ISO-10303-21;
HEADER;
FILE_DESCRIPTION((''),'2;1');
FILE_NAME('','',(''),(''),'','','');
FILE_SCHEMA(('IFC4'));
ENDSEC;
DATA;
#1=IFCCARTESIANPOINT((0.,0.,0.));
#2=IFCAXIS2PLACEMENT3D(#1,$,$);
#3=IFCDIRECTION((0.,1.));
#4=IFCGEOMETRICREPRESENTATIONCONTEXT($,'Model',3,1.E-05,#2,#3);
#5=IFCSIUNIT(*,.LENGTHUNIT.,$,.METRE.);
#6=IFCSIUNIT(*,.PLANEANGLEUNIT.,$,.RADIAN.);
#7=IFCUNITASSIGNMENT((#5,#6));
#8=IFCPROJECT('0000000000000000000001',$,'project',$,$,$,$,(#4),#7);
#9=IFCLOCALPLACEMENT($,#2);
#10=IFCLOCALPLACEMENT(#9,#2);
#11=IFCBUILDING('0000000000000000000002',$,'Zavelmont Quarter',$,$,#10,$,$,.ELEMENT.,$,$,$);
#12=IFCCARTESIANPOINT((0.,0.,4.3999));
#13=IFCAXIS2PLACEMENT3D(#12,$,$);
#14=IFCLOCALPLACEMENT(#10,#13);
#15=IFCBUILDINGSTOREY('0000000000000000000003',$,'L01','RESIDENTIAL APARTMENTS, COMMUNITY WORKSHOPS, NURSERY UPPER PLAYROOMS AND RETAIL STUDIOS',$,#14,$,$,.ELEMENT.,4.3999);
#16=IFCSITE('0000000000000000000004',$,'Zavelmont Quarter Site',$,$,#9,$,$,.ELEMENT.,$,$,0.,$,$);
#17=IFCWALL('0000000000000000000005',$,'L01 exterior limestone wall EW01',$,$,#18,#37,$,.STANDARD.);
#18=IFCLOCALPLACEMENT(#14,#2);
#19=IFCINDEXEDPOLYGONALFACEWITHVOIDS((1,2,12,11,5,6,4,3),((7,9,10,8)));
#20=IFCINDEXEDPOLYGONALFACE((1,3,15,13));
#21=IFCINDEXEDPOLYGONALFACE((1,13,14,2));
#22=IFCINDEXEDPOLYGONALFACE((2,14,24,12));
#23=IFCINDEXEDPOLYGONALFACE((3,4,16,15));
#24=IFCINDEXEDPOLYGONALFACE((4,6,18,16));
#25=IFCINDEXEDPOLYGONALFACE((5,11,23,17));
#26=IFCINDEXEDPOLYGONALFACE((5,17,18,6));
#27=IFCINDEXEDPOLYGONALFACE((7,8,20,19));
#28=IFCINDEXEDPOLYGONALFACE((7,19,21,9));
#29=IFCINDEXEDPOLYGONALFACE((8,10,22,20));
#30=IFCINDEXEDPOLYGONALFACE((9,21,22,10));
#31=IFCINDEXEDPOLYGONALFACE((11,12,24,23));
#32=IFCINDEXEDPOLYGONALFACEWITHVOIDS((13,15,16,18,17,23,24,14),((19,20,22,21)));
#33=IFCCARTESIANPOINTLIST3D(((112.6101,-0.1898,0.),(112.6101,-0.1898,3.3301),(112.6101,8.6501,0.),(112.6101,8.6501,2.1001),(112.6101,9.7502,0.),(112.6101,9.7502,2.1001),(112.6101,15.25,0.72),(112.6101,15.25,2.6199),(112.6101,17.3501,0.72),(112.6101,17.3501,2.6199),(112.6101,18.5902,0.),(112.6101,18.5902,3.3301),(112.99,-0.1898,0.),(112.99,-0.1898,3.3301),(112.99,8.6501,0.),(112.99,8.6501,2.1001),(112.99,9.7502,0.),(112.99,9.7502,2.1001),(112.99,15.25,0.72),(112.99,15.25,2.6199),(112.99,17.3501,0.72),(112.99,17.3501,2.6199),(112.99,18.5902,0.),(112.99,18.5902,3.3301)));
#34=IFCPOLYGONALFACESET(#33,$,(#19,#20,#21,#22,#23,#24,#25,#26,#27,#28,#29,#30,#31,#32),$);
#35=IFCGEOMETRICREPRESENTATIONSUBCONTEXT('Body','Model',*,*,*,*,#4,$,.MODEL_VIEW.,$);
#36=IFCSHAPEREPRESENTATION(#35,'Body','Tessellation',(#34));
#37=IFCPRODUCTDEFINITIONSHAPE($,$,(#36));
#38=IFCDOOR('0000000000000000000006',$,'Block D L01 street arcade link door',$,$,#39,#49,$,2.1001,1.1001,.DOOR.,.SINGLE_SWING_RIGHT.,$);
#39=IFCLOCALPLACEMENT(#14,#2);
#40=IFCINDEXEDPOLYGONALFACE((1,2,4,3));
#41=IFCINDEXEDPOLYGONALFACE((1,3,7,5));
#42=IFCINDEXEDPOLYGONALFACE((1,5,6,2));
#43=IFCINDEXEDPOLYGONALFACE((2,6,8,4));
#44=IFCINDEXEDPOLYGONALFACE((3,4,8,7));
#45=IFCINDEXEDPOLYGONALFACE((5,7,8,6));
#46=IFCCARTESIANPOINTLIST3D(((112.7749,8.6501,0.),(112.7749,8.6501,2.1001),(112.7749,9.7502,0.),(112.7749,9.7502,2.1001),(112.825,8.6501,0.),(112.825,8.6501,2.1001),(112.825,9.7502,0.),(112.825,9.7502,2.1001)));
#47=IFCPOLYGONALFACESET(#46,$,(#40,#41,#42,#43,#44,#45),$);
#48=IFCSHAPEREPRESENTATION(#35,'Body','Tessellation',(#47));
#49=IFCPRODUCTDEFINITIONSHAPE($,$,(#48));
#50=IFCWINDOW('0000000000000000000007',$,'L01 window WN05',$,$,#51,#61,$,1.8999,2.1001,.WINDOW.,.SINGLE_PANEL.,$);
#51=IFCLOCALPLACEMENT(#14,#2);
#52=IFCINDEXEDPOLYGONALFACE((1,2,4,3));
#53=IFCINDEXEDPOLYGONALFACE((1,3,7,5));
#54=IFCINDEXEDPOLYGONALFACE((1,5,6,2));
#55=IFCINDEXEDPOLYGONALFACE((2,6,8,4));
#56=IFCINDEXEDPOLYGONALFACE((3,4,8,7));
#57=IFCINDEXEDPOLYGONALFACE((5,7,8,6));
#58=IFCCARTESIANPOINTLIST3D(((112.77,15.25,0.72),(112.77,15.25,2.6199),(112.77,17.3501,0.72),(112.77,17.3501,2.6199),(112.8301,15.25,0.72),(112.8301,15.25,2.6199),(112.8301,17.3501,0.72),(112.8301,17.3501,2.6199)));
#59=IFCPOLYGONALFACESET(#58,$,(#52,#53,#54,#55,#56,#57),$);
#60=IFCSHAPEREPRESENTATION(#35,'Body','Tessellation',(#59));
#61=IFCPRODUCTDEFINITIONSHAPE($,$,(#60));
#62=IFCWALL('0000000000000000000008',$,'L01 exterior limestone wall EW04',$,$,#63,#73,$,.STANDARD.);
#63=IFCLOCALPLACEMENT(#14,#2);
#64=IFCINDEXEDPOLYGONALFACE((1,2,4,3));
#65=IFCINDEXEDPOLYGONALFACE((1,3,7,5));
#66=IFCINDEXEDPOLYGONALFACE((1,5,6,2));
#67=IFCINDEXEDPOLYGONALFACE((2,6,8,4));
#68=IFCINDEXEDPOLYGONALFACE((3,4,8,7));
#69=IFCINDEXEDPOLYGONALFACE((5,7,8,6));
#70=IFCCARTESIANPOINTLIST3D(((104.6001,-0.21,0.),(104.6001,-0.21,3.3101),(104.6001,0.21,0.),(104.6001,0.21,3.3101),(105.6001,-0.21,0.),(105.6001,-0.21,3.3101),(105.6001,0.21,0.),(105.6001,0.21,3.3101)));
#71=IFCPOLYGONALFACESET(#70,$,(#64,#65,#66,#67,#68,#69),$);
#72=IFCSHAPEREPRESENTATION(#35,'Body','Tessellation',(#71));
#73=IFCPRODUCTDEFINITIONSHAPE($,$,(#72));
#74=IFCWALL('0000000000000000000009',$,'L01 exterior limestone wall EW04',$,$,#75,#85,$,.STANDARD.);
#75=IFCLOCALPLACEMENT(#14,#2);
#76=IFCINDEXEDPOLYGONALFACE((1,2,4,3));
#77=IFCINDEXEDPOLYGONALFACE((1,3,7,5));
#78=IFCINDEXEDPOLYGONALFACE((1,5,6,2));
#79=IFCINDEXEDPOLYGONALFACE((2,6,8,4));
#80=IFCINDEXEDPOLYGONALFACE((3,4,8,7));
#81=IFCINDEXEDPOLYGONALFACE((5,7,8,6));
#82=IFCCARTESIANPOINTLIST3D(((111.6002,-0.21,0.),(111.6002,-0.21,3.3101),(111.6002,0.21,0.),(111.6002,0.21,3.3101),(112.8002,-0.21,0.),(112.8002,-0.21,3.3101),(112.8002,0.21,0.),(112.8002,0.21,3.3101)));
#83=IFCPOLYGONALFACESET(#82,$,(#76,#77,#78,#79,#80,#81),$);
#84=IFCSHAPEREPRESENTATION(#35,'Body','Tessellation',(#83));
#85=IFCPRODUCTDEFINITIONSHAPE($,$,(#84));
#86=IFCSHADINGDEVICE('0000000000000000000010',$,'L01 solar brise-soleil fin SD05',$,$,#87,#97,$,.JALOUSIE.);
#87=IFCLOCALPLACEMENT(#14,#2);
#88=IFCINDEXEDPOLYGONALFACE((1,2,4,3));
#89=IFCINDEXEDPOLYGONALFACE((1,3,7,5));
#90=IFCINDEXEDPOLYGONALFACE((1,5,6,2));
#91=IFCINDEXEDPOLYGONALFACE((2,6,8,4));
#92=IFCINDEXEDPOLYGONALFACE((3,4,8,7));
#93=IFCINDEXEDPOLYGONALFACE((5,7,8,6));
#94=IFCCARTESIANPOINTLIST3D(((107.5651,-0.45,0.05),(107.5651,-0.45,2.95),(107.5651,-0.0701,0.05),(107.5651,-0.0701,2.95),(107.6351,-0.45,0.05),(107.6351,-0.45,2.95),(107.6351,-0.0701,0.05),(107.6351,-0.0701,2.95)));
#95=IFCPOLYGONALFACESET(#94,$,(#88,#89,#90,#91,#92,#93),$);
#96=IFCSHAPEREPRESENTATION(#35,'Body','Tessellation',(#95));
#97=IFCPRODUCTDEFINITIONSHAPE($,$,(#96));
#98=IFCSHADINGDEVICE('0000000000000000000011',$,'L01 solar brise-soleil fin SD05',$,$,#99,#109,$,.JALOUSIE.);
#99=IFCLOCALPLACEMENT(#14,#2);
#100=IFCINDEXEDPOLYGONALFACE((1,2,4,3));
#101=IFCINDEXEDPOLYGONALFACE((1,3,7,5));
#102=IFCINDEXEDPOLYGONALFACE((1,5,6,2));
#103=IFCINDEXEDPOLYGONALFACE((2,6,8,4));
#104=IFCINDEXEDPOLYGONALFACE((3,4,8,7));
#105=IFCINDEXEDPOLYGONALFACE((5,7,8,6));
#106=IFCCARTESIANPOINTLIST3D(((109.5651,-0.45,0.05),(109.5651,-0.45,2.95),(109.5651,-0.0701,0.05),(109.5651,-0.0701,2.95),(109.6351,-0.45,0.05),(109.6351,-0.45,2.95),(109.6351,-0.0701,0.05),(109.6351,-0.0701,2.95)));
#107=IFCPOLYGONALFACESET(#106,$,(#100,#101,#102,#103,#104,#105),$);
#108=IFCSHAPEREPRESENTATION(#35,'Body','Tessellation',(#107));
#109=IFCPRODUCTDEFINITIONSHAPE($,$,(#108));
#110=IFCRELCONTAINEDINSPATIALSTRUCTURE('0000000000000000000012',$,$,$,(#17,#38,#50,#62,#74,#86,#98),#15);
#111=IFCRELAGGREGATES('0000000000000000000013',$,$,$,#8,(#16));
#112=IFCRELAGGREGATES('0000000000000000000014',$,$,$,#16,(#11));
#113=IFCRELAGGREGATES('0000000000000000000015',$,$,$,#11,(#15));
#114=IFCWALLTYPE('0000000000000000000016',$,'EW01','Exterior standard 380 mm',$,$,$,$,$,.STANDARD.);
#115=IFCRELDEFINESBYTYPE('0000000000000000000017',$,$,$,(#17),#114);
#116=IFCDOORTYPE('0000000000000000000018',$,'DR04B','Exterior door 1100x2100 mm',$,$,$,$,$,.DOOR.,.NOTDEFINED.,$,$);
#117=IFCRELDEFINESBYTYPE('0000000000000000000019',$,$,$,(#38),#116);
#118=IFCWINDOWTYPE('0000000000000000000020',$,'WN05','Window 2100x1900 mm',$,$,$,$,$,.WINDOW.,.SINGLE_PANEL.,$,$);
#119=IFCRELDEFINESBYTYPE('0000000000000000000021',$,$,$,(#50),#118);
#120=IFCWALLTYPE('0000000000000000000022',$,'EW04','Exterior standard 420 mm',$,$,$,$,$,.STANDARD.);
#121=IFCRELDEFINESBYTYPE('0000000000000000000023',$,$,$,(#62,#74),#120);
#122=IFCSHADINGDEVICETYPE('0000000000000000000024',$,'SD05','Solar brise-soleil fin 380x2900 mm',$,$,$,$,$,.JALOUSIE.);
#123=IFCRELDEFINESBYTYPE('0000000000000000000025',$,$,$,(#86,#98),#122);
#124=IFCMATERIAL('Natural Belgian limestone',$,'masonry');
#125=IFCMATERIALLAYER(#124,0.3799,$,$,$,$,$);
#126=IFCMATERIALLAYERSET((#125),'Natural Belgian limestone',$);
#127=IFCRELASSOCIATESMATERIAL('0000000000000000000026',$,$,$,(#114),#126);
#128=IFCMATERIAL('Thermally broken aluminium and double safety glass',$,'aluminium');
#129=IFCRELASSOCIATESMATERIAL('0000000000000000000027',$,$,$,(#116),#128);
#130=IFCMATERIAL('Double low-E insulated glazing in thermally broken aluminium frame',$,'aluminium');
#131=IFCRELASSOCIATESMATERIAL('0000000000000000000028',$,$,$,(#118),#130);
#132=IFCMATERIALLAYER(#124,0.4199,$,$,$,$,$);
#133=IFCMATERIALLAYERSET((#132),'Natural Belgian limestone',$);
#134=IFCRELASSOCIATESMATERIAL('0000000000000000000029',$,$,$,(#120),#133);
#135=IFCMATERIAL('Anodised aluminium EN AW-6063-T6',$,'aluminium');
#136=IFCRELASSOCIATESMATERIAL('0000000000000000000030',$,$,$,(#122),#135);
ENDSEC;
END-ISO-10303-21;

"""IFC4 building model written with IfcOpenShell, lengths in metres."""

from ifc_helpers import new_model, si_unit, direction, frame, frame_2d, origin, origin_with_axes, origin_2d, place, context, subcontext, project, spatial, rectangle, extrude, material, layer, layer_set, type_object, element, fill, save


model = new_model("IFC4")

# Units and contexts
model_context = context("Model", 3, precision=1e-05, world=origin(), true_north=direction((0.0, 1.0)))
body_context = subcontext(model_context, "Body", "Model", "MODEL_VIEW")
ifc_project = project(units=[si_unit("LENGTHUNIT", "METRE"), si_unit("PLANEANGLEUNIT", "RADIAN")], contexts=[model_context])

# Site, building, storey
site_placement = place(None, origin())
site = spatial("IfcSite", under=ifc_project, at=site_placement, Name="Zavelmont Quarter Site", CompositionType="ELEMENT", RefElevation=0.0)
building_placement = place(site_placement, origin())
building = spatial("IfcBuilding", under=site, at=building_placement, Name="Zavelmont Quarter", CompositionType="ELEMENT")
storey_placement = place(building_placement, frame((0.0, 0.0, 4.3999)))
storey = spatial("IfcBuildingStorey", under=building, at=storey_placement, Name="L01", Description="RESIDENTIAL APARTMENTS, COMMUNITY WORKSHOPS, NURSERY UPPER PLAYROOMS AND RETAIL STUDIOS", CompositionType="ELEMENT", Elevation=4.3999)

# Wall, openings, door, window
ifc_material_1 = material(Name="Natural Belgian limestone", Category="masonry")
ifc_layer_1 = layer(ifc_material_1, 0.3799)
ifc_layer_set_1 = layer_set([ifc_layer_1], Name="Natural Belgian limestone")
wall_type_1 = type_object("IfcWallType", Name="EW01", Description="Exterior standard 380 mm", PredefinedType="STANDARD", material=ifc_layer_set_1)
wall_1_placement = place(storey_placement, frame((112.8, -0.1899, 0.0), z_axis=(0.0, 0.0, 1.0), x_axis=(0.0, 1.0, 0.0)))
wall_1 = element("IfcWall", 1, at=wall_1_placement, inside=storey, type_object=wall_type_1, Name="L01 exterior limestone wall EW01", PredefinedType="STANDARD", context=body_context, shape_type="SweptSolid", body=[
    extrude(rectangle(XDim=18.78, YDim=0.3799, at=frame_2d((9.3901, 0.0))), origin(), (0.0, 0.0, 1.0), 3.3301),
])
opening_1_placement = place(wall_1_placement, frame((8.8401, 0.0, 0.0)))
opening_1 = element("IfcOpeningElement", 2, at=opening_1_placement, cuts=wall_1, PredefinedType="OPENING", context=body_context, shape_type="SweptSolid", body=[
    extrude(rectangle(XDim=1.1001, YDim=2.1001, at=frame_2d((0.55, 1.05))), frame((0.0, 0.2019, 0.0), z_axis=(0.0, -1.0, 0.0), x_axis=(1.0, 0.0, 0.0)), (0.0, 0.0, 1.0), 0.4038),
])
opening_2_placement = place(wall_1_placement, frame((15.4399, 0.0, 0.72)))
opening_2 = element("IfcOpeningElement", 3, at=opening_2_placement, cuts=wall_1, PredefinedType="OPENING", context=body_context, shape_type="SweptSolid", body=[
    extrude(rectangle(XDim=2.1001, YDim=1.8999, at=frame_2d((1.05, 0.95))), frame((0.0, 0.2019, 0.0), z_axis=(0.0, -1.0, 0.0), x_axis=(1.0, 0.0, 0.0)), (0.0, 0.0, 1.0), 0.4038),
])
ifc_material_2 = material(Name="Thermally broken aluminium and double safety glass", Category="aluminium")
door_type = type_object("IfcDoorType", Name="DR04B", Description="Exterior door 1100x2100 mm", OperationType="NOTDEFINED", PredefinedType="DOOR", material=ifc_material_2)
door_placement = place(opening_1_placement, frame((1.1001, 0.0, 0.0), z_axis=(0.0, 0.0, 1.0), x_axis=(-1.0, 0.0, 0.0)))
door = element("IfcDoor", 4, at=door_placement, inside=storey, type_object=door_type, Name="Block D L01 street arcade link door", OperationType="SINGLE_SWING_RIGHT", OverallHeight=2.1001, OverallWidth=1.1001, PredefinedType="DOOR", context=body_context, shape_type="SweptSolid", body=[
    extrude(rectangle(XDim=1.1001, YDim=2.1001, at=frame_2d((0.55, 1.05))), frame((0.0, 0.0249, 0.0), z_axis=(0.0, -1.0, 0.0), x_axis=(1.0, 0.0, 0.0)), (0.0, 0.0, 1.0), 0.05),
])
fill(opening_1, door)
ifc_material_3 = material(Name="Double low-E insulated glazing in thermally broken aluminium frame", Category="aluminium")
window_type = type_object("IfcWindowType", Name="WN05", Description="Window 2100x1900 mm", PartitioningType="SINGLE_PANEL", PredefinedType="WINDOW", material=ifc_material_3)
window_placement = place(opening_2_placement, origin_with_axes())
window = element("IfcWindow", 5, at=window_placement, inside=storey, type_object=window_type, Name="L01 window WN05", OverallHeight=1.8999, OverallWidth=2.1001, PartitioningType="SINGLE_PANEL", PredefinedType="WINDOW", context=body_context, shape_type="SweptSolid", body=[
    extrude(rectangle(XDim=2.1001, YDim=1.8999, at=frame_2d((1.05, 0.95))), frame((0.0, 0.03, 0.0), z_axis=(0.0, -1.0, 0.0), x_axis=(1.0, 0.0, 0.0)), (0.0, 0.0, 1.0), 0.0601),
])
fill(opening_2, window)

# Walls
ifc_layer_2 = layer(ifc_material_1, 0.4199)
ifc_layer_set_2 = layer_set([ifc_layer_2], Name="Natural Belgian limestone")
wall_type_2 = type_object("IfcWallType", Name="EW04", Description="Exterior standard 420 mm", PredefinedType="STANDARD", material=ifc_layer_set_2)
wall_2_placement = place(storey_placement, frame((104.6001, 0.0, 0.0), z_axis=(0.0, 0.0, 1.0), x_axis=(1.0, 0.0, 0.0)))
element("IfcWall", 6, at=wall_2_placement, inside=storey, type_object=wall_type_2, Name="L01 exterior limestone wall EW04", PredefinedType="STANDARD", context=body_context, shape_type="SweptSolid", body=[
    extrude(rectangle(XDim=1.0, YDim=0.4199, at=frame_2d((0.5, 0.0))), origin(), (0.0, 0.0, 1.0), 3.3101),
])
wall_3_placement = place(storey_placement, frame((111.6001, 0.0, 0.0), z_axis=(0.0, 0.0, 1.0), x_axis=(1.0, 0.0, 0.0)))
element("IfcWall", 7, at=wall_3_placement, inside=storey, type_object=wall_type_2, Name="L01 exterior limestone wall EW04", PredefinedType="STANDARD", context=body_context, shape_type="SweptSolid", body=[
    extrude(rectangle(XDim=1.2, YDim=0.4199, at=frame_2d((0.6001, 0.0))), origin(), (0.0, 0.0, 1.0), 3.3101),
])

# Shading devices
ifc_material_4 = material(Name="Anodised aluminium EN AW-6063-T6", Category="aluminium")
shading_device_type = type_object("IfcShadingDeviceType", Name="SD05", Description="Solar brise-soleil fin 380x2900 mm", PredefinedType="JALOUSIE", material=ifc_material_4)
for number, where, z_axis, x_axis, name in (
    (8, (107.6001, -0.26, 0.05), (0.0, 0.0, 1.0), (1.0, 0.0, 0.0), "L01 solar brise-soleil fin SD05"),
    (9, (109.6001, -0.26, 0.05), (0.0, 0.0, 1.0), (1.0, 0.0, 0.0), "L01 solar brise-soleil fin SD05"),
):
    element("IfcShadingDevice", number, at=place(storey_placement, frame(where, z_axis=z_axis, x_axis=x_axis)), inside=storey, type_object=shading_device_type, Name=name, PredefinedType="JALOUSIE", context=body_context, shape_type="SweptSolid", body=[
        extrude(rectangle(XDim=0.0701, YDim=0.3799, at=origin_2d()), origin(), (0.0, 0.0, 1.0), 2.8999),
    ])

save(model, "model.ifc")
